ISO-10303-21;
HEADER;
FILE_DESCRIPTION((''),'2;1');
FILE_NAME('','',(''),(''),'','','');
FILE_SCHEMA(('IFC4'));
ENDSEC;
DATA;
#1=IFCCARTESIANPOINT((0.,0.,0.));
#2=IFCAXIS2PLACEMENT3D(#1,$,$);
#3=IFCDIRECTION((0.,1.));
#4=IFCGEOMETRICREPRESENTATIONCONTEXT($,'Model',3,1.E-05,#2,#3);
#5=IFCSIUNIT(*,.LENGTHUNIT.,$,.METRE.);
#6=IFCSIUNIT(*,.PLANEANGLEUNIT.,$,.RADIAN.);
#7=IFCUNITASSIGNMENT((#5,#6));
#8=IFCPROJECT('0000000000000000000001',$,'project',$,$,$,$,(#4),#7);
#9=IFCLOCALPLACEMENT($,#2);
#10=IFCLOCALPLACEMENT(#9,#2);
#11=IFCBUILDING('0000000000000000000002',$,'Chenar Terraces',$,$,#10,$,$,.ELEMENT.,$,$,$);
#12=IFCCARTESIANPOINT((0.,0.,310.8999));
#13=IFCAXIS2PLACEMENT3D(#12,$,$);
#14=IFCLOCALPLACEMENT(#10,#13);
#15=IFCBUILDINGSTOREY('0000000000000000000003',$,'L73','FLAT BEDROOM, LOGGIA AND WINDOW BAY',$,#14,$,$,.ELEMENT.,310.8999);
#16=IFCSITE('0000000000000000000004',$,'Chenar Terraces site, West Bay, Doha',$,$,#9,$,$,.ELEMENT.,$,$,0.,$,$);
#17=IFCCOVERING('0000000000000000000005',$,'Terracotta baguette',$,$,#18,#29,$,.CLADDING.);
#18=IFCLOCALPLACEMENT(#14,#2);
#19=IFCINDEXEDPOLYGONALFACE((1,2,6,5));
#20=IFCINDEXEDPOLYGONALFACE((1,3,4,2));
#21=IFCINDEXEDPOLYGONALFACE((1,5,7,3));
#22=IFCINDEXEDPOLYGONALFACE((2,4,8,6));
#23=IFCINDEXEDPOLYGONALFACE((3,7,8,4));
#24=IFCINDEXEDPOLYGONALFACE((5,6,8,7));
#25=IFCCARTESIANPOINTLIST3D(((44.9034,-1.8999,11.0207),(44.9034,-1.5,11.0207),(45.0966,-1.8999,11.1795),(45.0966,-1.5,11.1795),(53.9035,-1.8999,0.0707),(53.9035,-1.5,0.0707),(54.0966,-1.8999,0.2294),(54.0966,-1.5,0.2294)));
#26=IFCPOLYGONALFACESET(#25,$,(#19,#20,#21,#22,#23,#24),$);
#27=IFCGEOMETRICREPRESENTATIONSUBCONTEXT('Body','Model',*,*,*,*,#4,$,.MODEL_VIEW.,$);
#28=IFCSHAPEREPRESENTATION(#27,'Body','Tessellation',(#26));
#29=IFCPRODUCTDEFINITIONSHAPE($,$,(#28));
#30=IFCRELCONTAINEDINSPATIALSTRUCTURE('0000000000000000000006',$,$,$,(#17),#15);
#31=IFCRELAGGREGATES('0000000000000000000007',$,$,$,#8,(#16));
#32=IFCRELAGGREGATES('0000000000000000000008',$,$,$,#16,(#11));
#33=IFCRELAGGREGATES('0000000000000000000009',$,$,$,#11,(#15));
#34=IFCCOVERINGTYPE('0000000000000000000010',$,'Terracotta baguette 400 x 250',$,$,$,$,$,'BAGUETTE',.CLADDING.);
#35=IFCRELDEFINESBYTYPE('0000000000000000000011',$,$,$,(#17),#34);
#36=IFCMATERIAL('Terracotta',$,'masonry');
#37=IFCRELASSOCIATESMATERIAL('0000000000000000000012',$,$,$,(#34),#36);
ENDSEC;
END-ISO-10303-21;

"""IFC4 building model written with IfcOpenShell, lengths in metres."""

from ifc_helpers import new_model, si_unit, direction, frame, origin, origin_2d, place, context, subcontext, project, spatial, rectangle, extrude, material, material_profile, profile_set, type_object, element, save


model = new_model("IFC4")

# Units and contexts
model_context = context("Model", 3, precision=1e-05, world=origin(), true_north=direction((0.0, 1.0)))
body_context = subcontext(model_context, "Body", "Model", "MODEL_VIEW")
ifc_project = project(units=[si_unit("LENGTHUNIT", "METRE"), si_unit("PLANEANGLEUNIT", "RADIAN")], contexts=[model_context])

# Site, building, storey
site_placement = place(None, origin())
site = spatial("IfcSite", under=ifc_project, at=site_placement, Name="Chenar Terraces site, West Bay, Doha", CompositionType="ELEMENT", RefElevation=0.0)
building_placement = place(site_placement, origin())
building = spatial("IfcBuilding", under=site, at=building_placement, Name="Chenar Terraces", CompositionType="ELEMENT")
storey_placement = place(building_placement, frame((0.0, 0.0, 310.8999)))
storey = spatial("IfcBuildingStorey", under=building, at=storey_placement, Name="L73", Description="FLAT BEDROOM, LOGGIA AND WINDOW BAY", CompositionType="ELEMENT", Elevation=310.8999)

# Covering
ifc_material_1 = material(Name="Terracotta", Category="masonry")
ifc_material_profile_1 = material_profile(ifc_material_1, rectangle(XDim=0.3999, YDim=0.25, at=origin_2d()), Name="Terracotta baguette 400 x 250")
ifc_profile_set_1 = profile_set([ifc_material_profile_1], Name="Terracotta")
covering_type = type_object("IfcCoveringType", Name="Terracotta baguette 400 x 250", ElementType="BAGUETTE", PredefinedType="CLADDING", material=ifc_profile_set_1)
covering_placement = place(storey_placement, frame((45.0, -1.7, 11.1001), z_axis=(0.634967, 0.0, -0.772539), x_axis=(0.0, 1.0, 0.0)))
element("IfcCovering", 1, at=covering_placement, inside=storey, type_object=covering_type, Name="Terracotta baguette", PredefinedType="CLADDING", context=body_context, shape_type="SweptSolid", body=[
    extrude(rectangle(XDim=0.3999, YDim=0.25, at=origin_2d()), origin(), (0.0, 0.0, 1.0), 14.1741),
])

save(model, "model.ifc")
